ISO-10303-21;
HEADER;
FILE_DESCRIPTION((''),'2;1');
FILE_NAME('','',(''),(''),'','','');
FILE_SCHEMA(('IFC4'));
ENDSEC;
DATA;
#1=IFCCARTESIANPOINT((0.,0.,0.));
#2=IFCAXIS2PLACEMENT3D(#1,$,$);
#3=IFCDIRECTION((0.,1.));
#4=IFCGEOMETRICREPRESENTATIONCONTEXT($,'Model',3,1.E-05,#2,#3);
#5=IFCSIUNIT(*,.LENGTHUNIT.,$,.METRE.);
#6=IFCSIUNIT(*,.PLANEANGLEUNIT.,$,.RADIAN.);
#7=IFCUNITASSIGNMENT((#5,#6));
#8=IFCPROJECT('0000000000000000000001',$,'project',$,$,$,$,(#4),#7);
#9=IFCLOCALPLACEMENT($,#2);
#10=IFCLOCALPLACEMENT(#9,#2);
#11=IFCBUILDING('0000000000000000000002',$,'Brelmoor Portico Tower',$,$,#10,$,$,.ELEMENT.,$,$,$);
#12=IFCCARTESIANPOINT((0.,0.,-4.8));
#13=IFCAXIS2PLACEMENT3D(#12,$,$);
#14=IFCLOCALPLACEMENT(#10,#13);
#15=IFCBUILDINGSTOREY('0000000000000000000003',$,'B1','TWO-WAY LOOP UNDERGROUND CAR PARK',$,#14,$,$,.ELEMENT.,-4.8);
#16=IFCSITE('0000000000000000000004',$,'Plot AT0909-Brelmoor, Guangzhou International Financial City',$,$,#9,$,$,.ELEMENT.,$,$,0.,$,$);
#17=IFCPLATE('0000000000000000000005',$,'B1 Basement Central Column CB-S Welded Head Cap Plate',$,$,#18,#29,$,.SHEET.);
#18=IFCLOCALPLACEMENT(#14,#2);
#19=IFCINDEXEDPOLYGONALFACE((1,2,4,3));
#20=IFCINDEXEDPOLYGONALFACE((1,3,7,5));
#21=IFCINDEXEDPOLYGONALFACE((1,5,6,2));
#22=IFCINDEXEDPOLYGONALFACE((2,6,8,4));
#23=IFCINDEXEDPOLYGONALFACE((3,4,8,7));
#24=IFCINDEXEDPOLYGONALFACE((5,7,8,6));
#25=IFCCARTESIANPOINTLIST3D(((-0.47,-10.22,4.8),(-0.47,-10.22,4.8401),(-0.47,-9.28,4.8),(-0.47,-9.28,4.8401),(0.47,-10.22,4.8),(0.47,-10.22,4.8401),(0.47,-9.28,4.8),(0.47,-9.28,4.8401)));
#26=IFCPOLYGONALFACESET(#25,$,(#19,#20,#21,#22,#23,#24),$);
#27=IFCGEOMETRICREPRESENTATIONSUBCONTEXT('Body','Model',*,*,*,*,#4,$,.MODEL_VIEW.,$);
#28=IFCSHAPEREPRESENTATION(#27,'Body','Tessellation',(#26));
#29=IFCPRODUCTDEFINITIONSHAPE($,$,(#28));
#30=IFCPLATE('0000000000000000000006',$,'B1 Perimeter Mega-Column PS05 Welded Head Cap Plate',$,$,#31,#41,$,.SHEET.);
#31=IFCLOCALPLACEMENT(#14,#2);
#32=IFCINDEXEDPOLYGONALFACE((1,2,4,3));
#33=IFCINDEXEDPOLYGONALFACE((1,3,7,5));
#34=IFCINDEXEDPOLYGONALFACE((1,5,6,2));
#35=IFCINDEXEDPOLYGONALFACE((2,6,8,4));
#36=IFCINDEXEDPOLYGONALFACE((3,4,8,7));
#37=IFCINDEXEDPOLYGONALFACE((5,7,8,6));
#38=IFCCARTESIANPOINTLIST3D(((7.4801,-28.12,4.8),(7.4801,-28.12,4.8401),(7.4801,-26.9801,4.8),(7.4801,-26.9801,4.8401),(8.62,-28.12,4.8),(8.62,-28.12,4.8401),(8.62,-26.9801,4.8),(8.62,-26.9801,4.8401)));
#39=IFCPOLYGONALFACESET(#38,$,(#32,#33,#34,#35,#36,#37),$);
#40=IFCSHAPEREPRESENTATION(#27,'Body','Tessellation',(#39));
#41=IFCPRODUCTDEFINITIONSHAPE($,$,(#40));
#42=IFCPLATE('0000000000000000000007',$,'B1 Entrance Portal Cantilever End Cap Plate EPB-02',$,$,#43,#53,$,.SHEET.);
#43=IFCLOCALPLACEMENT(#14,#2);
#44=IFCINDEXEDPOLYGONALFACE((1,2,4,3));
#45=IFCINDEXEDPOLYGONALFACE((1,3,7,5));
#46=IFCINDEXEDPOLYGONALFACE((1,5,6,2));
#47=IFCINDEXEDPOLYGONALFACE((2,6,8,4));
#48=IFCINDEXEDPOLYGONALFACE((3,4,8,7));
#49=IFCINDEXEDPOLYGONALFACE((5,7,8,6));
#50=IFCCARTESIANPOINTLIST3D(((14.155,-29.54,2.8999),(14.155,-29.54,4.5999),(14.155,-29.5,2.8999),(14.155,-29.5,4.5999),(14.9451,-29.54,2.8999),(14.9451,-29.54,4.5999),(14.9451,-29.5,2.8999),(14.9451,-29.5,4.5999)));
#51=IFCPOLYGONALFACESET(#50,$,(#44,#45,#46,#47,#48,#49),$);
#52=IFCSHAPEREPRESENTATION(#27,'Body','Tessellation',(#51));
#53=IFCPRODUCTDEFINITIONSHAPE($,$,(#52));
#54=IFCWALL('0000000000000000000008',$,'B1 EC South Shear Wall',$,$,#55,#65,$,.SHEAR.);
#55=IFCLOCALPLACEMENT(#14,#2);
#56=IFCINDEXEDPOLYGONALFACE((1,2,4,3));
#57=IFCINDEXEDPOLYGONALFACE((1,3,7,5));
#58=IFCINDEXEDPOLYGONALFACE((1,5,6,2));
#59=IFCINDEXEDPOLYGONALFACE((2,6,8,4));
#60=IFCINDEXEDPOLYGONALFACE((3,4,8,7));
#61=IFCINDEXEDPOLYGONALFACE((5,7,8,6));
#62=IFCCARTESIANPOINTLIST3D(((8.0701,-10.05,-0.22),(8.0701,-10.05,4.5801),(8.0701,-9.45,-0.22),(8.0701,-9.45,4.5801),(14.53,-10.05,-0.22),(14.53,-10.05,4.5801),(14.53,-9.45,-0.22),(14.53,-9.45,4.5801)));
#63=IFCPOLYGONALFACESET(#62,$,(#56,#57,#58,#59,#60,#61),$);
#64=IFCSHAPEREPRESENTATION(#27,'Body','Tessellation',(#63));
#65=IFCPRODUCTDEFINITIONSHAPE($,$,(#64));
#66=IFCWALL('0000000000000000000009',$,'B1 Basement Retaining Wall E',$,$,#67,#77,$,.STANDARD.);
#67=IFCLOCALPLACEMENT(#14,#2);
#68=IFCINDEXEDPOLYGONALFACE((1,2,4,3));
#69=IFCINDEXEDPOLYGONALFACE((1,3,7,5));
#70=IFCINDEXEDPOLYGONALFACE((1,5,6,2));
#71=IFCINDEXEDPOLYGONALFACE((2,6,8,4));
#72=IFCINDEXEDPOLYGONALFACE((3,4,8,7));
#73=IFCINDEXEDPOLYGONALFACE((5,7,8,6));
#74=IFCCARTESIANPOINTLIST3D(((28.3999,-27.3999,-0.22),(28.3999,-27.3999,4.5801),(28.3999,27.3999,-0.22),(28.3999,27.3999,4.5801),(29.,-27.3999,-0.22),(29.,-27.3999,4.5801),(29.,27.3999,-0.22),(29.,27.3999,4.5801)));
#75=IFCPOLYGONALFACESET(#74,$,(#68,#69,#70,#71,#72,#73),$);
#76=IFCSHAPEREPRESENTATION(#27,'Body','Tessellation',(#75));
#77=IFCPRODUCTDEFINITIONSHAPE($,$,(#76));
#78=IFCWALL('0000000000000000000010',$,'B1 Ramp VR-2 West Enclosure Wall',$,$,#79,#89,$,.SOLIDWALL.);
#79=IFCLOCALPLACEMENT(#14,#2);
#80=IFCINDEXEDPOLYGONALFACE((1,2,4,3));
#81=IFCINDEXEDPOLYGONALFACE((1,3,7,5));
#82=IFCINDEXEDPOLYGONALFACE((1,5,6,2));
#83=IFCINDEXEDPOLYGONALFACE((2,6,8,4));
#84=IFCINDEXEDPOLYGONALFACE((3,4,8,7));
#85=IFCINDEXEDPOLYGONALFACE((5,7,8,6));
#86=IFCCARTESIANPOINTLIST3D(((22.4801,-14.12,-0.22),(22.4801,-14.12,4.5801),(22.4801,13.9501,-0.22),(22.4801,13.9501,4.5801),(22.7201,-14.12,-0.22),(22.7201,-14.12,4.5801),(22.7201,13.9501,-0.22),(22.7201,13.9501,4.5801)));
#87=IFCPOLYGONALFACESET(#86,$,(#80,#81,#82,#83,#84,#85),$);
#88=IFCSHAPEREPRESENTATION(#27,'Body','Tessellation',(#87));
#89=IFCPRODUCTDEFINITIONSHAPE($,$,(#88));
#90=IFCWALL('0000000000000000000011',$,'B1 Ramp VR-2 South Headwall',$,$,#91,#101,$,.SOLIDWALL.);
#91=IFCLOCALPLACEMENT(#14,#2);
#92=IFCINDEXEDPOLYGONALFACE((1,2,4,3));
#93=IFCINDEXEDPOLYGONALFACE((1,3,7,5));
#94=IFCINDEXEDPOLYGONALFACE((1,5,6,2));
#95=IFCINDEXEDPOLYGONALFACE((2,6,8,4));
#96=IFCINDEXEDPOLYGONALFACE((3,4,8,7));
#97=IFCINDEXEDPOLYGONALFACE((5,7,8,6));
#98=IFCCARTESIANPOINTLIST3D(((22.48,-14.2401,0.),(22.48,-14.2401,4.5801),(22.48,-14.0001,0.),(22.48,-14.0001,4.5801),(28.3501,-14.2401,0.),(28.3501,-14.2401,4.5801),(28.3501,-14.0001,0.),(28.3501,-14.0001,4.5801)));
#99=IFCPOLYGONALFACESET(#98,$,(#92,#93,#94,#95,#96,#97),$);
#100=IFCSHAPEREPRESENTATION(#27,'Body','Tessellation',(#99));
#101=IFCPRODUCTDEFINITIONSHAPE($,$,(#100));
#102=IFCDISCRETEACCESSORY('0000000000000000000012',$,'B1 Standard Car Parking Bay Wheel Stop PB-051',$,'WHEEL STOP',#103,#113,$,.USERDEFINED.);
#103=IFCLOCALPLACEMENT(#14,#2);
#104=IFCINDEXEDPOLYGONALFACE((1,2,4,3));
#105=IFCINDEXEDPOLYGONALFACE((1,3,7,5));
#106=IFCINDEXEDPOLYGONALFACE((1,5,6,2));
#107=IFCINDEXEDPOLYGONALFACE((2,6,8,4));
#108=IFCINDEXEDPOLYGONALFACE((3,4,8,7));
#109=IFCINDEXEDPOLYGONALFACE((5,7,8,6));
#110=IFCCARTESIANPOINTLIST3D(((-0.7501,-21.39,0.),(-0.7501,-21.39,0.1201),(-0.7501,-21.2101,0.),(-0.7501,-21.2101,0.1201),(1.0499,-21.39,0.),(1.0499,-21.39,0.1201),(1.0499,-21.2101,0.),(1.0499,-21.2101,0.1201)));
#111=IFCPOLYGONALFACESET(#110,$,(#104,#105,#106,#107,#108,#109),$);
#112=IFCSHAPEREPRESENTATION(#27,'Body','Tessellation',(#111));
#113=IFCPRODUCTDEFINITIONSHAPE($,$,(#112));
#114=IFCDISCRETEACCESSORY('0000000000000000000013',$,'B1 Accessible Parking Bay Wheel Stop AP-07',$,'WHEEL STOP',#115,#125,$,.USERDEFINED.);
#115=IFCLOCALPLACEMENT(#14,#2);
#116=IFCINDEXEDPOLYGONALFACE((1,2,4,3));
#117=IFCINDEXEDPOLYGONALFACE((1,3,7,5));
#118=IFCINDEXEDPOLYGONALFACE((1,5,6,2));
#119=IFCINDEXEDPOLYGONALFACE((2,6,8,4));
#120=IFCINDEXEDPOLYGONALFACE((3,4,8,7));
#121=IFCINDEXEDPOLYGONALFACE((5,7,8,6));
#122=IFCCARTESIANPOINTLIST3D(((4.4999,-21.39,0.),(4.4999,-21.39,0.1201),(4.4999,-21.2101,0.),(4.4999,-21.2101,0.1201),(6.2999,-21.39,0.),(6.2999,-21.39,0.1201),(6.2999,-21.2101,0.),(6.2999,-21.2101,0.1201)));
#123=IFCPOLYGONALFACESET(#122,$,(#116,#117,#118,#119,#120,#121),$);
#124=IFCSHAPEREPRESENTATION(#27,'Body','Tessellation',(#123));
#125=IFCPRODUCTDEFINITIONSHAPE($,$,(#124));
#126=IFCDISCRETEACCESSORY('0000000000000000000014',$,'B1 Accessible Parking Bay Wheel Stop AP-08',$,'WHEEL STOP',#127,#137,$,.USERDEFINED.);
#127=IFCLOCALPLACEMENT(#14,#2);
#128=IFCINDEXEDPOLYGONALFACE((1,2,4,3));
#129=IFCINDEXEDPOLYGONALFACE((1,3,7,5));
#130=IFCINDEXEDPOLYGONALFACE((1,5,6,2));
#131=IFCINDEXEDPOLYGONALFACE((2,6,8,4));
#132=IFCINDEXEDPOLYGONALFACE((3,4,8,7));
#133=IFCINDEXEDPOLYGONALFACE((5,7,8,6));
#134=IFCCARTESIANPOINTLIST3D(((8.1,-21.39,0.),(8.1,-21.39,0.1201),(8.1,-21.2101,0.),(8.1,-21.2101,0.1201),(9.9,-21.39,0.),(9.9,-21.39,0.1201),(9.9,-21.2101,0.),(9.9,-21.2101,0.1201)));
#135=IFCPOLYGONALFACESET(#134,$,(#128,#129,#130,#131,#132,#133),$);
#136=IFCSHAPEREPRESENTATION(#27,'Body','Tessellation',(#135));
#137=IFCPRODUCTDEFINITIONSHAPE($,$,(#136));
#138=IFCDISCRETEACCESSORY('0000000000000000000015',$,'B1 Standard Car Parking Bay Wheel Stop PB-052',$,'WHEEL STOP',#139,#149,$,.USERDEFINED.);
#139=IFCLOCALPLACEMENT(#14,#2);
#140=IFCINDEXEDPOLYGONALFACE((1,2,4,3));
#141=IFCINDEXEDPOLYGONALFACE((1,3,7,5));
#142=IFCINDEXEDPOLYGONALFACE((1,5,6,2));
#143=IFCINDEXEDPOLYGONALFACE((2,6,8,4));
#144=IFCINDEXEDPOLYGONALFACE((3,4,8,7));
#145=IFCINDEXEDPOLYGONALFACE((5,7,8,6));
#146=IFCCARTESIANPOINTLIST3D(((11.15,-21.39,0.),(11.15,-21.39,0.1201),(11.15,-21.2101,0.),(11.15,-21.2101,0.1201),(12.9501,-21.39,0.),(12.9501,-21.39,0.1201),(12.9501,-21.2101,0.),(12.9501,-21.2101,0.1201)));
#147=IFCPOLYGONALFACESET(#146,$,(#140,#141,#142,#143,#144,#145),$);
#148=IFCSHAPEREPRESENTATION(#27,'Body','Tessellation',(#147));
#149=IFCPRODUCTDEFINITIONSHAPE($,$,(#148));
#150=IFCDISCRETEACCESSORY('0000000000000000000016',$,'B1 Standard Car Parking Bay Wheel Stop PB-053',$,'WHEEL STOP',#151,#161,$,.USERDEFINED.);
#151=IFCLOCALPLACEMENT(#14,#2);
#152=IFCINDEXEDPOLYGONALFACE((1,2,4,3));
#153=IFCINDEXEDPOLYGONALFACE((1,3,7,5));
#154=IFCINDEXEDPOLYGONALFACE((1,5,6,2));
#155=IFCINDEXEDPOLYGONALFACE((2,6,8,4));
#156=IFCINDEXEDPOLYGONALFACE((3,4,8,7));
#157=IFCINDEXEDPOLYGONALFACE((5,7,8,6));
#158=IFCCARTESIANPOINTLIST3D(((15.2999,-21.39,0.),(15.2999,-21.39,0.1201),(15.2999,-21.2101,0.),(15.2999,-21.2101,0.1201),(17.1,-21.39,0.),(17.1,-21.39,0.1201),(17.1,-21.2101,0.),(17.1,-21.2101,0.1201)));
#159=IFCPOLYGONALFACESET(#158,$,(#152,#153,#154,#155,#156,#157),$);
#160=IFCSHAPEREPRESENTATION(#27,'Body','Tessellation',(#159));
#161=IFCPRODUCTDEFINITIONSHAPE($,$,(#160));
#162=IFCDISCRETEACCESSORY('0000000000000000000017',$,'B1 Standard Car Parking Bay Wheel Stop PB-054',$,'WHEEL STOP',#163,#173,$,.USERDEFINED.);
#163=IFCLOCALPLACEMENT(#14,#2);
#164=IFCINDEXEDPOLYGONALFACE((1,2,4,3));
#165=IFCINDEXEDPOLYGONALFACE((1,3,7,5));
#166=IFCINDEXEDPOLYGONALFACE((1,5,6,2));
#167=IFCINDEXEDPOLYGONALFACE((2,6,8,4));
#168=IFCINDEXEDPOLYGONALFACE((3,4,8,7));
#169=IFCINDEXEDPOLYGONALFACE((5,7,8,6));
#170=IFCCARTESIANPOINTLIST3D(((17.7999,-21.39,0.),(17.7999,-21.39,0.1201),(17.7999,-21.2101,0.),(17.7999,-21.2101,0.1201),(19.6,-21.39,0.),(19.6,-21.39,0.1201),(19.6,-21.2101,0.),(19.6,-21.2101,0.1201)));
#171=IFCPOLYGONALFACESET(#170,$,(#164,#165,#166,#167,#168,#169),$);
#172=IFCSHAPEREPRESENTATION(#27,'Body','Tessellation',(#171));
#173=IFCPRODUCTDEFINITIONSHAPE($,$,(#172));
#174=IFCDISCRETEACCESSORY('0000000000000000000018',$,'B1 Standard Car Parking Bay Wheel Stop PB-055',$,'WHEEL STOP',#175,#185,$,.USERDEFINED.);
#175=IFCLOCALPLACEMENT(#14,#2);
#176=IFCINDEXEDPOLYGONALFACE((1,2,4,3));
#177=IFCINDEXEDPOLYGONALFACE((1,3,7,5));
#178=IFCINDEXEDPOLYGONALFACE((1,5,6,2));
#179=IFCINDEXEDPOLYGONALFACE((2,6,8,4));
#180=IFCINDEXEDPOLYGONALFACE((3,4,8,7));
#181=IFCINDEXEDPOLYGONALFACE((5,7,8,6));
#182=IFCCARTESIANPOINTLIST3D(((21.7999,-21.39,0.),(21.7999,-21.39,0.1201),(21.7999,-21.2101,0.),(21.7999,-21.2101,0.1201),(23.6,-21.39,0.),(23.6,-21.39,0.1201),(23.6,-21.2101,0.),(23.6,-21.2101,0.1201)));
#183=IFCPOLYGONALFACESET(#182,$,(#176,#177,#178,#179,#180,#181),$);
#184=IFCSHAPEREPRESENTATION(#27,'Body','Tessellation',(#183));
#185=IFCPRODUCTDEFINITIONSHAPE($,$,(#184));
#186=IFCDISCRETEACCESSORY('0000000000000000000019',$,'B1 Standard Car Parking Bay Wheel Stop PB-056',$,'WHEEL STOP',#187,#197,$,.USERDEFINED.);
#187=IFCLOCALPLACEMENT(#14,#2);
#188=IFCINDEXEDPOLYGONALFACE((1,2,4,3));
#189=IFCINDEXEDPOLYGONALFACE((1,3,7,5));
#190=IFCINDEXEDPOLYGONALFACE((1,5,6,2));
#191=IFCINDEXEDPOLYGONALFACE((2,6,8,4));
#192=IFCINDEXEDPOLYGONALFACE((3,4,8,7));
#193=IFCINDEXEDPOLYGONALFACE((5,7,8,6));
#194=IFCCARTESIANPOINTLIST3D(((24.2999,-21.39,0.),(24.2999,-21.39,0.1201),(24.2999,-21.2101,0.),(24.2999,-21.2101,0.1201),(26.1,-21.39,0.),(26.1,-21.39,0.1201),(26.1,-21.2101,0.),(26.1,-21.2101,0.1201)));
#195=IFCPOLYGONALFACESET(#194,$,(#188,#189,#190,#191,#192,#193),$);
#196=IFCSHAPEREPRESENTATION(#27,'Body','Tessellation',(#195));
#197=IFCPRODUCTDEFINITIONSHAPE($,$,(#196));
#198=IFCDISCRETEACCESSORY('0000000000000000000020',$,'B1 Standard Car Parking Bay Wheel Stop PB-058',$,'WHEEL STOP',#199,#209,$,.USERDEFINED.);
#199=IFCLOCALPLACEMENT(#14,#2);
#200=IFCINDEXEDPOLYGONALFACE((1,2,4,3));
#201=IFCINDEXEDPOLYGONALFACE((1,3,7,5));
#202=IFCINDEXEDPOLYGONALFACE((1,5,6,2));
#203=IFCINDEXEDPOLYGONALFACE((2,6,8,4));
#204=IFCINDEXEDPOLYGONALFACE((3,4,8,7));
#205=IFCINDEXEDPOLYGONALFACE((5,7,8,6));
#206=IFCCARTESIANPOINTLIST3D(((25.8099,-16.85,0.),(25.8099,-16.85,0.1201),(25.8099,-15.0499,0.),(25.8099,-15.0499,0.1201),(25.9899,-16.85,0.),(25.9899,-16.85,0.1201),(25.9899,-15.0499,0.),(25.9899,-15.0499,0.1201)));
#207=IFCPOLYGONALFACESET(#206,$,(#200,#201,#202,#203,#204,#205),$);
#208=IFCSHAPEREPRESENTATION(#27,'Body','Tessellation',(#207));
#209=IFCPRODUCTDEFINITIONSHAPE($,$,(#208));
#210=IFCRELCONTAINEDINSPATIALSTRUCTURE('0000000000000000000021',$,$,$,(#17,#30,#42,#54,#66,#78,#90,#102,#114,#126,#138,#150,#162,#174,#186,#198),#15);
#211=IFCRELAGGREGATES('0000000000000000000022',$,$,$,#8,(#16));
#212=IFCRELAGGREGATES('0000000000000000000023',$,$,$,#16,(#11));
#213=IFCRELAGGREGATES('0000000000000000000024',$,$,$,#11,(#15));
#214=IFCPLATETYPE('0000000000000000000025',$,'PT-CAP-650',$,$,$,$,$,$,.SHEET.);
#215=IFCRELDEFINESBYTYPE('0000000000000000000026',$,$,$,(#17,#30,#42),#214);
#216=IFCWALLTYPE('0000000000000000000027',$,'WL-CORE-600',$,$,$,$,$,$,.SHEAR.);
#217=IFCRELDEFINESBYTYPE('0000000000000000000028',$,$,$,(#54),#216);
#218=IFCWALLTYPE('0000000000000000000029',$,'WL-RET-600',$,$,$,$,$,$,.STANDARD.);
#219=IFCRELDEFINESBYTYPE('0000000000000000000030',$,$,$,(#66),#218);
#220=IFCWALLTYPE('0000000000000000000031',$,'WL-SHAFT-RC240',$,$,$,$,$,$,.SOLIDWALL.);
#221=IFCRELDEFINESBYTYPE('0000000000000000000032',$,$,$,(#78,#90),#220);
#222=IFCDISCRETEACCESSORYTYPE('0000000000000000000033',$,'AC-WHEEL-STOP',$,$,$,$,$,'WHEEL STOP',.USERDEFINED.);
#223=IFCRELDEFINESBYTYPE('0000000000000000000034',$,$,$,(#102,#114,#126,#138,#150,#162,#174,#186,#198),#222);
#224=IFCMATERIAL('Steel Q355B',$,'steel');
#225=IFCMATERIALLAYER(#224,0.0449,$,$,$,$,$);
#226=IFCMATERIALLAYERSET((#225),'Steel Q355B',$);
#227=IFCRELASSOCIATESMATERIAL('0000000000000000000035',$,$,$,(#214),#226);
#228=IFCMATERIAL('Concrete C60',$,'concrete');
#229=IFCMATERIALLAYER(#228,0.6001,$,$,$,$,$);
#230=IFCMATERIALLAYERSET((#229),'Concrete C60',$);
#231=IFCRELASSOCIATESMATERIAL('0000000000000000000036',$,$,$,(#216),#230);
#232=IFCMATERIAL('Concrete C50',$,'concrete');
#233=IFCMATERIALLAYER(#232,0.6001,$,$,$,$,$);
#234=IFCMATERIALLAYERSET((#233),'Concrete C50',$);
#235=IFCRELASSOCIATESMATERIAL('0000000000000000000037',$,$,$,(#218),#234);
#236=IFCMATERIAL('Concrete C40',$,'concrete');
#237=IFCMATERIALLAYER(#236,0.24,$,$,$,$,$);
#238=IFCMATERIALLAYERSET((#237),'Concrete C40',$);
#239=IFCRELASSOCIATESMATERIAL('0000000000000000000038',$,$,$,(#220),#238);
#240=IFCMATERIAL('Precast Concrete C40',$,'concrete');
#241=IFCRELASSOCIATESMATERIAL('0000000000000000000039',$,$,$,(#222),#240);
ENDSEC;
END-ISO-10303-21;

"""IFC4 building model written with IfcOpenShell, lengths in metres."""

from ifc_helpers import new_model, si_unit, direction, frame, frame_2d, origin, origin_2d, place, context, subcontext, project, spatial, rectangle, extrude, material, layer, layer_set, type_object, element, save


model = new_model("IFC4")

# Units and contexts
model_context = context("Model", 3, precision=1e-05, world=origin(), true_north=direction((0.0, 1.0)))
body_context = subcontext(model_context, "Body", "Model", "MODEL_VIEW")
ifc_project = project(units=[si_unit("LENGTHUNIT", "METRE"), si_unit("PLANEANGLEUNIT", "RADIAN")], contexts=[model_context])

# Site, building, storey
site_placement = place(None, origin())
site = spatial("IfcSite", under=ifc_project, at=site_placement, Name="Plot AT0909-Brelmoor, Guangzhou International Financial City", CompositionType="ELEMENT", RefElevation=0.0)
building_placement = place(site_placement, origin())
building = spatial("IfcBuilding", under=site, at=building_placement, Name="Brelmoor Portico Tower", CompositionType="ELEMENT")
storey_placement = place(building_placement, frame((0.0, 0.0, -4.8)))
storey = spatial("IfcBuildingStorey", under=building, at=storey_placement, Name="B1", Description="TWO-WAY LOOP UNDERGROUND CAR PARK", CompositionType="ELEMENT", Elevation=-4.8)

# Shared definitions
ifc_material_1 = material(Name="Steel Q355B", Category="steel")

# Plates
ifc_layer_1 = layer(ifc_material_1, 0.0449)
ifc_layer_set_1 = layer_set([ifc_layer_1], Name="Steel Q355B")
plate_type = type_object("IfcPlateType", Name="PT-CAP-650", PredefinedType="SHEET", material=ifc_layer_set_1)
plate_1_placement = place(storey_placement, frame((0.0, -9.75, 4.8), z_axis=(0.0, 0.0, 1.0), x_axis=(1.0, 0.0, 0.0)))
element("IfcPlate", 1, at=plate_1_placement, inside=storey, type_object=plate_type, Name="B1 Basement Central Column CB-S Welded Head Cap Plate", PredefinedType="SHEET", context=body_context, shape_type="SweptSolid", body=[
    extrude(rectangle(XDim=0.9399, YDim=0.9399, at=origin_2d()), origin(), (0.0, 0.0, 1.0), 0.04),
])
plate_2_placement = place(storey_placement, frame((8.05, -27.55, 4.8), z_axis=(0.0, 0.0, 1.0), x_axis=(1.0, 0.0, 0.0)))
element("IfcPlate", 2, at=plate_2_placement, inside=storey, type_object=plate_type, Name="B1 Perimeter Mega-Column PS05 Welded Head Cap Plate", PredefinedType="SHEET", context=body_context, shape_type="SweptSolid", body=[
    extrude(rectangle(XDim=1.1399, YDim=1.1399, at=origin_2d()), origin(), (0.0, 0.0, 1.0), 0.04),
])
plate_3_placement = place(storey_placement, frame((14.55, -29.52, 2.8999), z_axis=(0.0, 0.0, 1.0), x_axis=(1.0, 0.0, 0.0)))
element("IfcPlate", 3, at=plate_3_placement, inside=storey, type_object=plate_type, Name="B1 Entrance Portal Cantilever End Cap Plate EPB-02", PredefinedType="SHEET", context=body_context, shape_type="SweptSolid", body=[
    extrude(rectangle(XDim=0.79, YDim=0.04, at=origin_2d()), origin(), (0.0, 0.0, 1.0), 1.7),
])

# Walls
ifc_material_2 = material(Name="Concrete C60", Category="concrete")
ifc_layer_2 = layer(ifc_material_2, 0.6001)
ifc_layer_set_2 = layer_set([ifc_layer_2], Name="Concrete C60")
wall_type_1 = type_object("IfcWallType", Name="WL-CORE-600", PredefinedType="SHEAR", material=ifc_layer_set_2)
wall_1_placement = place(storey_placement, frame((8.0701, -9.75, -0.22), z_axis=(0.0, 0.0, 1.0), x_axis=(1.0, 0.0, 0.0)))
element("IfcWall", 4, at=wall_1_placement, inside=storey, type_object=wall_type_1, Name="B1 EC South Shear Wall", PredefinedType="SHEAR", context=body_context, shape_type="SweptSolid", body=[
    extrude(rectangle(XDim=6.46, YDim=0.6001, at=frame_2d((3.23, 0.0))), origin(), (0.0, 0.0, 1.0), 4.8),
])
ifc_material_3 = material(Name="Concrete C50", Category="concrete")
ifc_layer_3 = layer(ifc_material_3, 0.6001)
ifc_layer_set_3 = layer_set([ifc_layer_3], Name="Concrete C50")
wall_type_2 = type_object("IfcWallType", Name="WL-RET-600", PredefinedType="STANDARD", material=ifc_layer_set_3)
wall_2_placement = place(storey_placement, frame((28.7, -27.3999, -0.22), z_axis=(0.0, 0.0, 1.0), x_axis=(0.0, 1.0, 0.0)))
element("IfcWall", 5, at=wall_2_placement, inside=storey, type_object=wall_type_2, Name="B1 Basement Retaining Wall E", PredefinedType="STANDARD", context=body_context, shape_type="SweptSolid", body=[
    extrude(rectangle(XDim=54.7998, YDim=0.6001, at=frame_2d((27.3999, 0.0))), origin(), (0.0, 0.0, 1.0), 4.8),
])
ifc_material_4 = material(Name="Concrete C40", Category="concrete")
ifc_layer_4 = layer(ifc_material_4, 0.24)
ifc_layer_set_4 = layer_set([ifc_layer_4], Name="Concrete C40")
wall_type_3 = type_object("IfcWallType", Name="WL-SHAFT-RC240", PredefinedType="SOLIDWALL", material=ifc_layer_set_4)
wall_3_placement = place(storey_placement, frame((22.6001, -14.1201, -0.22), z_axis=(0.0, 0.0, 1.0), x_axis=(0.0, 1.0, 0.0)))
element("IfcWall", 6, at=wall_3_placement, inside=storey, type_object=wall_type_3, Name="B1 Ramp VR-2 West Enclosure Wall", PredefinedType="SOLIDWALL", context=body_context, shape_type="SweptSolid", body=[
    extrude(rectangle(XDim=28.0701, YDim=0.24, at=frame_2d((14.0352, 0.0))), origin(), (0.0, 0.0, 1.0), 4.8),
])
wall_4_placement = place(storey_placement, frame((22.48, -14.1201, 0.0), z_axis=(0.0, 0.0, 1.0), x_axis=(1.0, 0.0, 0.0)))
element("IfcWall", 7, at=wall_4_placement, inside=storey, type_object=wall_type_3, Name="B1 Ramp VR-2 South Headwall", PredefinedType="SOLIDWALL", context=body_context, shape_type="SweptSolid", body=[
    extrude(rectangle(XDim=5.8701, YDim=0.24, at=frame_2d((2.9351, 0.0))), origin(), (0.0, 0.0, 1.0), 4.5801),
])

# Discrete accessories
ifc_material_5 = material(Name="Precast Concrete C40", Category="concrete")
discrete_accessory_type = type_object("IfcDiscreteAccessoryType", Name="AC-WHEEL-STOP", ElementType="WHEEL STOP", PredefinedType="USERDEFINED", material=ifc_material_5)
for number, where, z_axis, x_axis, name in (
    (8, (0.1499, -21.3, 0.0), (0.0, 0.0, 1.0), (1.0, 0.0, 0.0), "B1 Standard Car Parking Bay Wheel Stop PB-051"),
    (9, (5.3999, -21.3, 0.0), (0.0, 0.0, 1.0), (1.0, 0.0, 0.0), "B1 Accessible Parking Bay Wheel Stop AP-07"),
    (10, (9.0, -21.3, 0.0), (0.0, 0.0, 1.0), (1.0, 0.0, 0.0), "B1 Accessible Parking Bay Wheel Stop AP-08"),
    (11, (12.05, -21.3, 0.0), (0.0, 0.0, 1.0), (1.0, 0.0, 0.0), "B1 Standard Car Parking Bay Wheel Stop PB-052"),
    (12, (16.2, -21.3, 0.0), (0.0, 0.0, 1.0), (1.0, 0.0, 0.0), "B1 Standard Car Parking Bay Wheel Stop PB-053"),
    (13, (18.7, -21.3, 0.0), (0.0, 0.0, 1.0), (1.0, 0.0, 0.0), "B1 Standard Car Parking Bay Wheel Stop PB-054"),
    (14, (22.7, -21.3, 0.0), (0.0, 0.0, 1.0), (1.0, 0.0, 0.0), "B1 Standard Car Parking Bay Wheel Stop PB-055"),
    (15, (25.2, -21.3, 0.0), (0.0, 0.0, 1.0), (1.0, 0.0, 0.0), "B1 Standard Car Parking Bay Wheel Stop PB-056"),
    (16, (25.8999, -15.95, 0.0), (0.0, 0.0, 1.0), (0.0, 1.0, 0.0), "B1 Standard Car Parking Bay Wheel Stop PB-058"),
):
    element("IfcDiscreteAccessory", number, at=place(storey_placement, frame(where, z_axis=z_axis, x_axis=x_axis)), inside=storey, type_object=discrete_accessory_type, Name=name, ObjectType="WHEEL STOP", PredefinedType="USERDEFINED", context=body_context, shape_type="SweptSolid", body=[
        extrude(rectangle(XDim=1.8, YDim=0.1799, at=origin_2d()), origin(), (0.0, 0.0, 1.0), 0.1201),
    ])

save(model, "model.ifc")
